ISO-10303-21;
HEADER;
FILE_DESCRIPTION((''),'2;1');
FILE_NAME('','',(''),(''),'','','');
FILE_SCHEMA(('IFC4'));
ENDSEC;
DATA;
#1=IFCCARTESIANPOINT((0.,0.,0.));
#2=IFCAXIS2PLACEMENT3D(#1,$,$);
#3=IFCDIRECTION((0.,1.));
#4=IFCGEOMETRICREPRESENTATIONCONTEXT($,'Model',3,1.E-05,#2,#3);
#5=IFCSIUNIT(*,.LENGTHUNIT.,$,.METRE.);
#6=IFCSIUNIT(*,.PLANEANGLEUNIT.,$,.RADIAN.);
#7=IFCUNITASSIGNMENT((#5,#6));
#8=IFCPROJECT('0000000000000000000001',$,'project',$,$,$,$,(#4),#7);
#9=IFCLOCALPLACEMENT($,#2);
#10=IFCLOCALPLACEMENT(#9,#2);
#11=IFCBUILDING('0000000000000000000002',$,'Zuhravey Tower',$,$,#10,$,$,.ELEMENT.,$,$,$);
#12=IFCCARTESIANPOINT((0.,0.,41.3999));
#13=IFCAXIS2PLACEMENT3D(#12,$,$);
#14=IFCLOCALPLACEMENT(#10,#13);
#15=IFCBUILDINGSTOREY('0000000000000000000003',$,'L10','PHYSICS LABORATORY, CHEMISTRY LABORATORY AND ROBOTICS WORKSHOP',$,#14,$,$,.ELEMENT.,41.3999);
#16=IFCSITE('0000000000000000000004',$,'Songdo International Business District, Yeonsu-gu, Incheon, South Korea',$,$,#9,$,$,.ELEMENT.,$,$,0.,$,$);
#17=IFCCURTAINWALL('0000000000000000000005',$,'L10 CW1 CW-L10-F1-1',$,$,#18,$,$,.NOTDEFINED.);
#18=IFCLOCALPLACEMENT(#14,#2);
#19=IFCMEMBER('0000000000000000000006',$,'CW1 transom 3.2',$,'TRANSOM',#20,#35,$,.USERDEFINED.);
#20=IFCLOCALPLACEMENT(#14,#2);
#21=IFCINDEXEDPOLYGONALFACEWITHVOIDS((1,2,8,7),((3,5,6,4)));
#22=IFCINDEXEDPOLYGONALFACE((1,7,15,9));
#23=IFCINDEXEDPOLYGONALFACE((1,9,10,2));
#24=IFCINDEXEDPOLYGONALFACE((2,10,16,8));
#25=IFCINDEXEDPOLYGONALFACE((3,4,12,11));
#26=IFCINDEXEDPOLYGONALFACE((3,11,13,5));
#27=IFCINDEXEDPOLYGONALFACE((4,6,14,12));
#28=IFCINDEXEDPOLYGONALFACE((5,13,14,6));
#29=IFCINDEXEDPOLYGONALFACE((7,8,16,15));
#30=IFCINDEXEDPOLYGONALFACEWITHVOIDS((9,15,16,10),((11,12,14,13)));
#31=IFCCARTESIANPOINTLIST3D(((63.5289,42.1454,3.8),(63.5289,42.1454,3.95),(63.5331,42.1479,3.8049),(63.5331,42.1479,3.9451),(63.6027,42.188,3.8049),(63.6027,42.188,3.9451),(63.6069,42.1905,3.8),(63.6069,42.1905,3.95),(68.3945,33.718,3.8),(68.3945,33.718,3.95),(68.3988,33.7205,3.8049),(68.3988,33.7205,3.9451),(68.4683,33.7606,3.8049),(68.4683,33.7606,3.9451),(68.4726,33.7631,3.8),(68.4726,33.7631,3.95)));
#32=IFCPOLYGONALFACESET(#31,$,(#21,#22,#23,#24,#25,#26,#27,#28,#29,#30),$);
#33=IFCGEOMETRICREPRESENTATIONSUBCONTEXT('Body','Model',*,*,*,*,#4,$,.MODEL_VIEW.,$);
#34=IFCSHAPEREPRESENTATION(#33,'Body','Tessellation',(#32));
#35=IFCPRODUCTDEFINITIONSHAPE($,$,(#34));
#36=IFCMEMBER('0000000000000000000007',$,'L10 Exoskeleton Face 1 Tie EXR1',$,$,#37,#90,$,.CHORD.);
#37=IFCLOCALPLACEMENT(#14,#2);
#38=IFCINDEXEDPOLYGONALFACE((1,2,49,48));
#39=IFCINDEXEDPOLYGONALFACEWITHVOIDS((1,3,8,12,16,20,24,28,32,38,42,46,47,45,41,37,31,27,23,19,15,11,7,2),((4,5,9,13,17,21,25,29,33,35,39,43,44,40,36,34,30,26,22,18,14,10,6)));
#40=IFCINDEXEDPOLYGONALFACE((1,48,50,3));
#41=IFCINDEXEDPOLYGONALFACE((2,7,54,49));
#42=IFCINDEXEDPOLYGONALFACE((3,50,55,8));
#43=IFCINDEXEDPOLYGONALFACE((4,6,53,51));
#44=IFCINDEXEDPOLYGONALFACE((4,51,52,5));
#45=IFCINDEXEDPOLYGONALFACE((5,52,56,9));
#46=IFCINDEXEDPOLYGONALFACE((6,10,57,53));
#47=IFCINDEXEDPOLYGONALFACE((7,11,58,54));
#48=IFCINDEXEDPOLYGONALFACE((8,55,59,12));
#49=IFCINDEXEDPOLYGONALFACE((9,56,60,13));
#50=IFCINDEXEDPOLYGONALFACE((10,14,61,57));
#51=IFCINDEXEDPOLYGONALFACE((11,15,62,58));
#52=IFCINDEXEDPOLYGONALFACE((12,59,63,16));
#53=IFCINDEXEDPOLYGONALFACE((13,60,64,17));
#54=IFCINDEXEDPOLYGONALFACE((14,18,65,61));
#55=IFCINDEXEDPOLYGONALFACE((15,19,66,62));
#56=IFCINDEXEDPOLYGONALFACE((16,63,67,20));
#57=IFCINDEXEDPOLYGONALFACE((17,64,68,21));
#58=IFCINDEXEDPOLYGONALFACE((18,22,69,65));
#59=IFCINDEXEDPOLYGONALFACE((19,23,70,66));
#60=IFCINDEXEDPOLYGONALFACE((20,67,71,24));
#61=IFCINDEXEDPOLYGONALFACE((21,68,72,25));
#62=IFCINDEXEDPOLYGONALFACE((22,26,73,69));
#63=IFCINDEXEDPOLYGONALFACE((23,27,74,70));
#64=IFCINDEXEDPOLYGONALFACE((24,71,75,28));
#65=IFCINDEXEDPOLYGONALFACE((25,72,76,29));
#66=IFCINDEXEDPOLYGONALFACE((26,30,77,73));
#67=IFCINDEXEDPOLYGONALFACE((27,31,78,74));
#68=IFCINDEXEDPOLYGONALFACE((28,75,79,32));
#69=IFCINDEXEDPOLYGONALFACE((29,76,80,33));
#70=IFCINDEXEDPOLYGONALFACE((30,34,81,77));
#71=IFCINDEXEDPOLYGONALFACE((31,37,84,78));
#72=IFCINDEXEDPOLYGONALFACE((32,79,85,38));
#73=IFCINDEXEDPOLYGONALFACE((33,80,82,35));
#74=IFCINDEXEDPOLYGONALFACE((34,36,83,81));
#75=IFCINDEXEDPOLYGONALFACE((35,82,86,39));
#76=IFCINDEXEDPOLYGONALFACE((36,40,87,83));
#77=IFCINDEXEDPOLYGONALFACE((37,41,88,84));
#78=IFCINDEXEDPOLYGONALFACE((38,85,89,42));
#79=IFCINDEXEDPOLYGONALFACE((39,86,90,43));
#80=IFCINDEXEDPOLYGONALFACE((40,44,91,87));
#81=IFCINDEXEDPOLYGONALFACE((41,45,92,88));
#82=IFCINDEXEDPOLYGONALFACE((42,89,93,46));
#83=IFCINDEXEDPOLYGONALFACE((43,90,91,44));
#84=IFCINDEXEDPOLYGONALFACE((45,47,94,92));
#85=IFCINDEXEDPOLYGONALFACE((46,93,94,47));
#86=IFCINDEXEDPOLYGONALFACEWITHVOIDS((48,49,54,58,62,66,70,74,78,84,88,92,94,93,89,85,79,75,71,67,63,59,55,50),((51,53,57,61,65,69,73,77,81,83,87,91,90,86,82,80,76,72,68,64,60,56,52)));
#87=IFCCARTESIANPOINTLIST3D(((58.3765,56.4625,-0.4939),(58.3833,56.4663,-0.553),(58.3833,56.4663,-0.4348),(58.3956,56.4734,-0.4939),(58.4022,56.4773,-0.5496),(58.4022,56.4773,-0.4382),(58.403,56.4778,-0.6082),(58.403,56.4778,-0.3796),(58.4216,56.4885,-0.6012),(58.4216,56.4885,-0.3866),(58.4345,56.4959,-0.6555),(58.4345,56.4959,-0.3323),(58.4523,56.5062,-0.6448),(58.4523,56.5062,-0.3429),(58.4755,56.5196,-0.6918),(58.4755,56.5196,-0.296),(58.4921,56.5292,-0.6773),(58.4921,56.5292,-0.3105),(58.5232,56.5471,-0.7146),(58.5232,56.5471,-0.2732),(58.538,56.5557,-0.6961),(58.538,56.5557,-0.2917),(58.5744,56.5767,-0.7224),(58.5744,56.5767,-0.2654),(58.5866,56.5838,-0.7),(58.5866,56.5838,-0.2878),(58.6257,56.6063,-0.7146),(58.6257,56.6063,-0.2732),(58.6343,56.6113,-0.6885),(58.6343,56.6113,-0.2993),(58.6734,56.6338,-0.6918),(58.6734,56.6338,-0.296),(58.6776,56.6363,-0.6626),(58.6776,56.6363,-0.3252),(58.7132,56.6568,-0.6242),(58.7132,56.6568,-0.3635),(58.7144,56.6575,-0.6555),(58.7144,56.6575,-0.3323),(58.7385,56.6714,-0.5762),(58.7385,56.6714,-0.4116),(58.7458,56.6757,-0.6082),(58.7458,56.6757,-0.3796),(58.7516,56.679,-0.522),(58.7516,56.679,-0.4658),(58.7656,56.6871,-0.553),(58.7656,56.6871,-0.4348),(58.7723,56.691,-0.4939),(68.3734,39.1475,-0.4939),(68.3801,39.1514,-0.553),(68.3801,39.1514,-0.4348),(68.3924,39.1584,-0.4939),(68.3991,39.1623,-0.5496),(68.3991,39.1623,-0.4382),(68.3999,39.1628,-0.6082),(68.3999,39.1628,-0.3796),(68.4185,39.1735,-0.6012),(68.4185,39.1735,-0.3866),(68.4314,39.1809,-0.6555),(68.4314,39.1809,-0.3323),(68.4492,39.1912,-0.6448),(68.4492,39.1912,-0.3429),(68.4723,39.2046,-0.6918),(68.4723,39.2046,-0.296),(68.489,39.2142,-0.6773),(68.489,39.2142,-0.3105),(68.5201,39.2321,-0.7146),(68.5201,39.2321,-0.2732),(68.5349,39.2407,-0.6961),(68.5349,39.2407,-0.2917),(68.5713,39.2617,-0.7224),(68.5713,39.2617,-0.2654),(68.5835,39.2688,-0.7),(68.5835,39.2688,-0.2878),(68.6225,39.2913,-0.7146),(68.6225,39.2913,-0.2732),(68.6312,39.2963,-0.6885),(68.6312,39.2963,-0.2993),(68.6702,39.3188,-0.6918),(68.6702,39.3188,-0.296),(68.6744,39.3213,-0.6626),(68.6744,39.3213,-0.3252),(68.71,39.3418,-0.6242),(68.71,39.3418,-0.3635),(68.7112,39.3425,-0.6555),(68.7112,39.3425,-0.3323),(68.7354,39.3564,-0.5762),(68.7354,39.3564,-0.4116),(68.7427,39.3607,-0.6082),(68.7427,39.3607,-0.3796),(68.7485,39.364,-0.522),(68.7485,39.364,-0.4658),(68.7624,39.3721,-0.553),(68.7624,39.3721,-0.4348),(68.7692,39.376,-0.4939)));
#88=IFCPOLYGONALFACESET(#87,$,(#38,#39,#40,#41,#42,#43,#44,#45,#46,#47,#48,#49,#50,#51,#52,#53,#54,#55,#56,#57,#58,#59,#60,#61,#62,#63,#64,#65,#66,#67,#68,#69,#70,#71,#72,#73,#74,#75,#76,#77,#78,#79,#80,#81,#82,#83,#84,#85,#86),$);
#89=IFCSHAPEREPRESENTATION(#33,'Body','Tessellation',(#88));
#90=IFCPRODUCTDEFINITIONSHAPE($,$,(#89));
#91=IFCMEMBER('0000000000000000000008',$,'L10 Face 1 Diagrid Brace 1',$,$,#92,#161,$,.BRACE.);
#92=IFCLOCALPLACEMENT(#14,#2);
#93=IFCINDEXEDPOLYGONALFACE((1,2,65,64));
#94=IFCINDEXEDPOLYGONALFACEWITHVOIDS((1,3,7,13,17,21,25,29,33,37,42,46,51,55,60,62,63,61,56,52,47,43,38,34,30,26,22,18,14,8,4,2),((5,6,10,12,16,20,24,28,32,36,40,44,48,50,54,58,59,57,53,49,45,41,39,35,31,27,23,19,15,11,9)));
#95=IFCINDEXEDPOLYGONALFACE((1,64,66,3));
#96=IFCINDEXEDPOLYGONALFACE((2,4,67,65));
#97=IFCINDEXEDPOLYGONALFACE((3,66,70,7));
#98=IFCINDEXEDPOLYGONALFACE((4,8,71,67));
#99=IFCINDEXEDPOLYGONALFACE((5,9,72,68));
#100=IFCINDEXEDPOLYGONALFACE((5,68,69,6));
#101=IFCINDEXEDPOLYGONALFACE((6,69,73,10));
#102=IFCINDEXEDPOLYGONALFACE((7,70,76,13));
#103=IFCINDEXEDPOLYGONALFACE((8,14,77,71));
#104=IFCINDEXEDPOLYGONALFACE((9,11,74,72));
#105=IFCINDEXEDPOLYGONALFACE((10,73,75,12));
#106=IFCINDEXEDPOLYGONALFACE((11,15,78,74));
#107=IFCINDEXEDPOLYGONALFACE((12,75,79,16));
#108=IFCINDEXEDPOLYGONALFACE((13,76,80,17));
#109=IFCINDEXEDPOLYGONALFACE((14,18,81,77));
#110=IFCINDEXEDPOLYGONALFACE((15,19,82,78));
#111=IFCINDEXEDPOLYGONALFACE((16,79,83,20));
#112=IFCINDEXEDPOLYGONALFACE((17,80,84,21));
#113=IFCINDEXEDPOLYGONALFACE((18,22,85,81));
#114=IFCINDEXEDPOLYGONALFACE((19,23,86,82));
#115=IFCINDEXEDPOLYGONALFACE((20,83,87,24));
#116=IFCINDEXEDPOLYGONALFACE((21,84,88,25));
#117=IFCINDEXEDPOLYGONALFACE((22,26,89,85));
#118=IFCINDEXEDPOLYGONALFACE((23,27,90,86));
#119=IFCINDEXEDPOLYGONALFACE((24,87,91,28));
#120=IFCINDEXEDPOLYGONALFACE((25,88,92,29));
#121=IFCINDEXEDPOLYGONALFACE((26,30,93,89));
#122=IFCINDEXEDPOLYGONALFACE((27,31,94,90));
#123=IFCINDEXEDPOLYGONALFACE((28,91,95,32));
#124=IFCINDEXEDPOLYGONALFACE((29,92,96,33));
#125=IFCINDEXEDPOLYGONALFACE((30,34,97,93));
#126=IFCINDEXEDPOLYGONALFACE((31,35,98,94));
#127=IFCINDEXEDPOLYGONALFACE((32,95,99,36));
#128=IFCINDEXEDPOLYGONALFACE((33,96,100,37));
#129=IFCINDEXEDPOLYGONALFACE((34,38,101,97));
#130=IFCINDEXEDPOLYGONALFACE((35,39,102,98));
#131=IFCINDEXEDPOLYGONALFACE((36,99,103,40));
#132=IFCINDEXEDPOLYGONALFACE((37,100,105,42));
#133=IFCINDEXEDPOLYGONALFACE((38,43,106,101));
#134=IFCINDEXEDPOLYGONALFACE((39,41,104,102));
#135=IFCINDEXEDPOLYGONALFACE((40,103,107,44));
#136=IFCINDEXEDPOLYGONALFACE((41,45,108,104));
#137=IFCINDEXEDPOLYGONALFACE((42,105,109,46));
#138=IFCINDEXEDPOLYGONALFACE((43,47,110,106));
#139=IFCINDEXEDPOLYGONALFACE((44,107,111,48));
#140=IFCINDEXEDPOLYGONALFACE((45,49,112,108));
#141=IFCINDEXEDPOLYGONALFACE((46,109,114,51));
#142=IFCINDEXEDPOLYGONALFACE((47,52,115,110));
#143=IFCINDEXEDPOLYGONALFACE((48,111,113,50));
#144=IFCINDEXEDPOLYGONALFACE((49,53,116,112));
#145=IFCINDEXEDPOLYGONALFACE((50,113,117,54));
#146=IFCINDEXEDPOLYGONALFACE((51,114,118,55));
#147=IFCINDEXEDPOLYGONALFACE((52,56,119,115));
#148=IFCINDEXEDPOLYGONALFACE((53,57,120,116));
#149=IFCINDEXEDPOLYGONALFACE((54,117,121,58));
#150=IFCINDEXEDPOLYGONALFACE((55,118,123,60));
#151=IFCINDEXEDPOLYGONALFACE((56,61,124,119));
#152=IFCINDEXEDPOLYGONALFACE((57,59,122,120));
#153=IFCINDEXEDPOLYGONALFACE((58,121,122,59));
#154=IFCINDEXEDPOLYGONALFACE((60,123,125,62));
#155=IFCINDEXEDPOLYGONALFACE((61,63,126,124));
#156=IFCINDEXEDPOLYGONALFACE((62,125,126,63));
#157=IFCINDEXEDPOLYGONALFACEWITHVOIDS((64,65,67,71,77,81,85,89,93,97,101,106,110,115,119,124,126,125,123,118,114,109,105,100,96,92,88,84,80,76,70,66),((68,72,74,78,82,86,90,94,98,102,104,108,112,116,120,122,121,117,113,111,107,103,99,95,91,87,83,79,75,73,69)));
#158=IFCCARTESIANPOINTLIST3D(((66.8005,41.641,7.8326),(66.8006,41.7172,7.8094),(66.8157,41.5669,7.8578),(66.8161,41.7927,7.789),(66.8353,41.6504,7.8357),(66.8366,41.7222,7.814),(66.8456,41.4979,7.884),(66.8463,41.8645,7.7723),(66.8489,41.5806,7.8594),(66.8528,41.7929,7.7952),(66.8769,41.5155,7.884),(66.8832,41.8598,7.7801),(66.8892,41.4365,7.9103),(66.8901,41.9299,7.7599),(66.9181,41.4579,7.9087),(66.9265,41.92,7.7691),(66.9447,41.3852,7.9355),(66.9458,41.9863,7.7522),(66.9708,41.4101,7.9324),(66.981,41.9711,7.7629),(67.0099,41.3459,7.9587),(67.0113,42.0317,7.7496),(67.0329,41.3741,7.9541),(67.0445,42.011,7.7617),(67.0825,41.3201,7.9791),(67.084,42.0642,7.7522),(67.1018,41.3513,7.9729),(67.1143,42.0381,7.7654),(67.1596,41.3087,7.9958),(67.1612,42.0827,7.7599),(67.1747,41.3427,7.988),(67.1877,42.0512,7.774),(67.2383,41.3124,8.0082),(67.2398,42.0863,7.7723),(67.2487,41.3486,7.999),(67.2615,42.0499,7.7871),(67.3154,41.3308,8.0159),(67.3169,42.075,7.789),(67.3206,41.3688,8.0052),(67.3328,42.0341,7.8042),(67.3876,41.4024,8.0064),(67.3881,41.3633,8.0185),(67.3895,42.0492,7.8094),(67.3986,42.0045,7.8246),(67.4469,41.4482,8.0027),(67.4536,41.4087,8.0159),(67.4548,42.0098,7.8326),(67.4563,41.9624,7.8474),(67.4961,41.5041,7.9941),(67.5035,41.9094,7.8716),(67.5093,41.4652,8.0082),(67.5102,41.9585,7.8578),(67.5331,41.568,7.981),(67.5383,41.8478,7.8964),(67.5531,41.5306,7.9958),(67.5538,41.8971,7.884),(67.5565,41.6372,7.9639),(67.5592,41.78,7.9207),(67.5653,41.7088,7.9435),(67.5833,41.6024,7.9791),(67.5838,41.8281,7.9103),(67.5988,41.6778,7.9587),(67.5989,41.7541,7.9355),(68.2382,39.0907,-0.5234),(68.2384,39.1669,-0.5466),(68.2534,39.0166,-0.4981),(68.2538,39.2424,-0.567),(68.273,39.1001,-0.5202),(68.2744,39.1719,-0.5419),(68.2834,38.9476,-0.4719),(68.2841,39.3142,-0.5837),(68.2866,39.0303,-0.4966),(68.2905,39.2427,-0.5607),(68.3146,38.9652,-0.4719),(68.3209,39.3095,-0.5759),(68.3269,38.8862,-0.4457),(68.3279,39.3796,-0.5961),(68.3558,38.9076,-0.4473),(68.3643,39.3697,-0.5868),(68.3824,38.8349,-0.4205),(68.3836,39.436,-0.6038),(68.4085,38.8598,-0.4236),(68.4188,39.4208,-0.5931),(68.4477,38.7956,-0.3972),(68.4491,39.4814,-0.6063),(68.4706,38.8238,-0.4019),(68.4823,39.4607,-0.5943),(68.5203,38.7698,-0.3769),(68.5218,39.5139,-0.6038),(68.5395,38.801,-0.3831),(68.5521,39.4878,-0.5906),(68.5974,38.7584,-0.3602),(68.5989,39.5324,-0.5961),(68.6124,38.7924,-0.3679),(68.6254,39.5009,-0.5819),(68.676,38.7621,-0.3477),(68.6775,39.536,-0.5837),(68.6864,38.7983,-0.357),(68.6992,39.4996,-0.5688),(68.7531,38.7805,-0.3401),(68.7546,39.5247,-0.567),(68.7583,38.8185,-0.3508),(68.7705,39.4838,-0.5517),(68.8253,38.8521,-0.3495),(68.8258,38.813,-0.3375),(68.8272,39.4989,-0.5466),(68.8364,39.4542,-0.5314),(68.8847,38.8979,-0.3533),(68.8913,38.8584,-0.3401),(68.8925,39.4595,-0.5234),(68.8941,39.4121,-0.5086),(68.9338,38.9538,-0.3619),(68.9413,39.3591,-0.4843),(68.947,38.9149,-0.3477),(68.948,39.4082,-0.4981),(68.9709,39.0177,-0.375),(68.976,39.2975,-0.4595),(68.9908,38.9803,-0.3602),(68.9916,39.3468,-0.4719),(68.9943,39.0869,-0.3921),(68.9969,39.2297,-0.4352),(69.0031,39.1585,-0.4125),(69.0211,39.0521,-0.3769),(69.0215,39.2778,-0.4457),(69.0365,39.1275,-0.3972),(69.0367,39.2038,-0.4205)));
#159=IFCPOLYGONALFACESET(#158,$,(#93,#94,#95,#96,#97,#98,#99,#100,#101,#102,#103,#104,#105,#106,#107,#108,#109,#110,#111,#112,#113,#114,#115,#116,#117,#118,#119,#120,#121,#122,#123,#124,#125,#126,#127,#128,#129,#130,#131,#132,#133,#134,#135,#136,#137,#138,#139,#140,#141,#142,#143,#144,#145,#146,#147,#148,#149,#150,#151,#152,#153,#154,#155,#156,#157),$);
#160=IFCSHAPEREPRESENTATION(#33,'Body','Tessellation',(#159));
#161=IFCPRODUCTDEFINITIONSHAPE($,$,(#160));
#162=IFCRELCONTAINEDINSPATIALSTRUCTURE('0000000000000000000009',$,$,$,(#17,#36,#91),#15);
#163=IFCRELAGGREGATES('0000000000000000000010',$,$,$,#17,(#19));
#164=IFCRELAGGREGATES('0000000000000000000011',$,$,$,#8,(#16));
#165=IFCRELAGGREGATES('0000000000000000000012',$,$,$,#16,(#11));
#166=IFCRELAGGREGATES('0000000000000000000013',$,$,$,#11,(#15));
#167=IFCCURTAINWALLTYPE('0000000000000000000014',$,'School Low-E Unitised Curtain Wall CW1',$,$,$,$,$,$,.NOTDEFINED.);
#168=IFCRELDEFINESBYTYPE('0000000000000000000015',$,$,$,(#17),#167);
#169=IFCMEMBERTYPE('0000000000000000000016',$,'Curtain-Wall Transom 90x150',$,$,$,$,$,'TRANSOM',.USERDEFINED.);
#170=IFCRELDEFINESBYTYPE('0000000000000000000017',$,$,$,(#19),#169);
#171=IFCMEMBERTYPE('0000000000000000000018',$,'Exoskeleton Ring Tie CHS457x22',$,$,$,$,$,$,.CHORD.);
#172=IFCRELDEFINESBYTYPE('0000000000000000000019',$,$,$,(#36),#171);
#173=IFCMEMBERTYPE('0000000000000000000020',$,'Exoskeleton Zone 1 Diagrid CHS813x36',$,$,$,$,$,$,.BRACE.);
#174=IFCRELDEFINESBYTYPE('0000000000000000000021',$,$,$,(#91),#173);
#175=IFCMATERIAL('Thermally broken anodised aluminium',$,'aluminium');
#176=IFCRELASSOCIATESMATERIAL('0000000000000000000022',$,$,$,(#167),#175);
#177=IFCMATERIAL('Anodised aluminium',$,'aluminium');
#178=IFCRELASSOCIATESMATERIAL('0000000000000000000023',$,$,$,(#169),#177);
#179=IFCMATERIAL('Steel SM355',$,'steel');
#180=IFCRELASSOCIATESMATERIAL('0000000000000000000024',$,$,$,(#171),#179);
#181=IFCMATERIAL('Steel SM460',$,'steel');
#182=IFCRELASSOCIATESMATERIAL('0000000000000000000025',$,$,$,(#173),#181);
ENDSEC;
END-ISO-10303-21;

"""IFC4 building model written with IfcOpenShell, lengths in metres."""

from ifc_helpers import new_model, si_unit, direction, frame, origin, origin_2d, place, context, subcontext, project, spatial, hollow_rectangle, hollow_circle, extrude, material, material_profile, profile_set, type_object, element, aggregate, save


model = new_model("IFC4")

# Units and contexts
model_context = context("Model", 3, precision=1e-05, world=origin(), true_north=direction((0.0, 1.0)))
body_context = subcontext(model_context, "Body", "Model", "MODEL_VIEW")
ifc_project = project(units=[si_unit("LENGTHUNIT", "METRE"), si_unit("PLANEANGLEUNIT", "RADIAN")], contexts=[model_context])

# Site, building, storey
site_placement = place(None, origin())
site = spatial("IfcSite", under=ifc_project, at=site_placement, Name="Songdo International Business District, Yeonsu-gu, Incheon, South Korea", CompositionType="ELEMENT", RefElevation=0.0)
building_placement = place(site_placement, origin())
building = spatial("IfcBuilding", under=site, at=building_placement, Name="Zuhravey Tower", CompositionType="ELEMENT")
storey_placement = place(building_placement, frame((0.0, 0.0, 41.3999)))
storey = spatial("IfcBuildingStorey", under=building, at=storey_placement, Name="L10", Description="PHYSICS LABORATORY, CHEMISTRY LABORATORY AND ROBOTICS WORKSHOP", CompositionType="ELEMENT", Elevation=41.3999)

# Shared definitions
ifc_material_1 = material(Name="Thermally broken anodised aluminium", Category="aluminium")
curtain_wall_type = type_object("IfcCurtainWallType", Name="School Low-E Unitised Curtain Wall CW1", PredefinedType="NOTDEFINED", material=ifc_material_1)
ifc_material_2 = material(Name="Anodised aluminium", Category="aluminium")

# Curtain wall, member
curtain_wall_1_placement = place(storey_placement, origin())
curtain_wall_1 = element("IfcCurtainWall", 1, at=curtain_wall_1_placement, inside=storey, type_object=curtain_wall_type, Name="L10 CW1 CW-L10-F1-1", PredefinedType="NOTDEFINED")
ifc_material_profile_1 = material_profile(ifc_material_2, hollow_rectangle(XDim=0.0901, YDim=0.1499, WallThickness=0.0049, at=origin_2d()), Name="ALU-RHS-90x150x5")
ifc_profile_set_1 = profile_set([ifc_material_profile_1], Name="Anodised aluminium")
member_type_1 = type_object("IfcMemberType", Name="Curtain-Wall Transom 90x150", ElementType="TRANSOM", PredefinedType="USERDEFINED", material=ifc_profile_set_1)
member_1_placement = place(storey_placement, frame((63.5679, 42.168, 3.875), z_axis=(0.500008, -0.866021, 0.0), x_axis=(0.866021, 0.500008, 0.0)))
member_1 = element("IfcMember", 2, at=member_1_placement, type_object=member_type_1, Name="CW1 transom 3.2", ObjectType="TRANSOM", PredefinedType="USERDEFINED", context=body_context, shape_type="SweptSolid", body=[
    extrude(hollow_rectangle(XDim=0.0901, YDim=0.1499, WallThickness=0.0049, at=origin_2d()), origin(), (0.0, 0.0, 1.0), 9.7312),
])

# Members
ifc_material_3 = material(Name="Steel SM355", Category="steel")
ifc_material_profile_2 = material_profile(ifc_material_3, hollow_circle(Radius=0.2285, WallThickness=0.022, at=origin_2d()), Name="CHS-457.2x22")
ifc_profile_set_2 = profile_set([ifc_material_profile_2], Name="Steel SM355")
member_type_2 = type_object("IfcMemberType", Name="Exoskeleton Ring Tie CHS457x22", PredefinedType="CHORD", material=ifc_profile_set_2)
member_2_placement = place(storey_placement, frame((68.5713, 39.2617, -0.4939), z_axis=(-0.500002, 0.866025, 0.0), x_axis=(-0.866025, -0.500002, 0.0)))
element("IfcMember", 3, at=member_2_placement, inside=storey, type_object=member_type_2, Name="L10 Exoskeleton Face 1 Tie EXR1", PredefinedType="CHORD", context=body_context, shape_type="SweptSolid", body=[
    extrude(hollow_circle(Radius=0.2285, WallThickness=0.022, at=origin_2d()), origin(), (0.0, 0.0, 1.0), 19.9937),
])
ifc_material_4 = material(Name="Steel SM460", Category="steel")
ifc_material_profile_3 = material_profile(ifc_material_4, hollow_circle(Radius=0.4065, WallThickness=0.0359, at=origin_2d()), Name="CHS-812.8x36")
ifc_profile_set_3 = profile_set([ifc_material_profile_3], Name="Steel SM460")
member_type_3 = type_object("IfcMemberType", Name="Exoskeleton Zone 1 Diagrid CHS813x36", PredefinedType="BRACE", material=ifc_profile_set_3)
member_3_placement = place(storey_placement, frame((68.6375, 39.1472, -0.4719), z_axis=(-0.162384, 0.288039, 0.943751), x_axis=(-0.871107, -0.491092, 0.0)))
element("IfcMember", 4, at=member_3_placement, inside=storey, type_object=member_type_3, Name="L10 Face 1 Diagrid Brace 1", PredefinedType="BRACE", context=body_context, shape_type="SweptSolid", body=[
    extrude(hollow_circle(Radius=0.4065, WallThickness=0.0359, at=origin_2d()), origin(), (0.0, 0.0, 1.0), 8.854),
])

aggregate(curtain_wall_1, [member_1])

save(model, "model.ifc")
